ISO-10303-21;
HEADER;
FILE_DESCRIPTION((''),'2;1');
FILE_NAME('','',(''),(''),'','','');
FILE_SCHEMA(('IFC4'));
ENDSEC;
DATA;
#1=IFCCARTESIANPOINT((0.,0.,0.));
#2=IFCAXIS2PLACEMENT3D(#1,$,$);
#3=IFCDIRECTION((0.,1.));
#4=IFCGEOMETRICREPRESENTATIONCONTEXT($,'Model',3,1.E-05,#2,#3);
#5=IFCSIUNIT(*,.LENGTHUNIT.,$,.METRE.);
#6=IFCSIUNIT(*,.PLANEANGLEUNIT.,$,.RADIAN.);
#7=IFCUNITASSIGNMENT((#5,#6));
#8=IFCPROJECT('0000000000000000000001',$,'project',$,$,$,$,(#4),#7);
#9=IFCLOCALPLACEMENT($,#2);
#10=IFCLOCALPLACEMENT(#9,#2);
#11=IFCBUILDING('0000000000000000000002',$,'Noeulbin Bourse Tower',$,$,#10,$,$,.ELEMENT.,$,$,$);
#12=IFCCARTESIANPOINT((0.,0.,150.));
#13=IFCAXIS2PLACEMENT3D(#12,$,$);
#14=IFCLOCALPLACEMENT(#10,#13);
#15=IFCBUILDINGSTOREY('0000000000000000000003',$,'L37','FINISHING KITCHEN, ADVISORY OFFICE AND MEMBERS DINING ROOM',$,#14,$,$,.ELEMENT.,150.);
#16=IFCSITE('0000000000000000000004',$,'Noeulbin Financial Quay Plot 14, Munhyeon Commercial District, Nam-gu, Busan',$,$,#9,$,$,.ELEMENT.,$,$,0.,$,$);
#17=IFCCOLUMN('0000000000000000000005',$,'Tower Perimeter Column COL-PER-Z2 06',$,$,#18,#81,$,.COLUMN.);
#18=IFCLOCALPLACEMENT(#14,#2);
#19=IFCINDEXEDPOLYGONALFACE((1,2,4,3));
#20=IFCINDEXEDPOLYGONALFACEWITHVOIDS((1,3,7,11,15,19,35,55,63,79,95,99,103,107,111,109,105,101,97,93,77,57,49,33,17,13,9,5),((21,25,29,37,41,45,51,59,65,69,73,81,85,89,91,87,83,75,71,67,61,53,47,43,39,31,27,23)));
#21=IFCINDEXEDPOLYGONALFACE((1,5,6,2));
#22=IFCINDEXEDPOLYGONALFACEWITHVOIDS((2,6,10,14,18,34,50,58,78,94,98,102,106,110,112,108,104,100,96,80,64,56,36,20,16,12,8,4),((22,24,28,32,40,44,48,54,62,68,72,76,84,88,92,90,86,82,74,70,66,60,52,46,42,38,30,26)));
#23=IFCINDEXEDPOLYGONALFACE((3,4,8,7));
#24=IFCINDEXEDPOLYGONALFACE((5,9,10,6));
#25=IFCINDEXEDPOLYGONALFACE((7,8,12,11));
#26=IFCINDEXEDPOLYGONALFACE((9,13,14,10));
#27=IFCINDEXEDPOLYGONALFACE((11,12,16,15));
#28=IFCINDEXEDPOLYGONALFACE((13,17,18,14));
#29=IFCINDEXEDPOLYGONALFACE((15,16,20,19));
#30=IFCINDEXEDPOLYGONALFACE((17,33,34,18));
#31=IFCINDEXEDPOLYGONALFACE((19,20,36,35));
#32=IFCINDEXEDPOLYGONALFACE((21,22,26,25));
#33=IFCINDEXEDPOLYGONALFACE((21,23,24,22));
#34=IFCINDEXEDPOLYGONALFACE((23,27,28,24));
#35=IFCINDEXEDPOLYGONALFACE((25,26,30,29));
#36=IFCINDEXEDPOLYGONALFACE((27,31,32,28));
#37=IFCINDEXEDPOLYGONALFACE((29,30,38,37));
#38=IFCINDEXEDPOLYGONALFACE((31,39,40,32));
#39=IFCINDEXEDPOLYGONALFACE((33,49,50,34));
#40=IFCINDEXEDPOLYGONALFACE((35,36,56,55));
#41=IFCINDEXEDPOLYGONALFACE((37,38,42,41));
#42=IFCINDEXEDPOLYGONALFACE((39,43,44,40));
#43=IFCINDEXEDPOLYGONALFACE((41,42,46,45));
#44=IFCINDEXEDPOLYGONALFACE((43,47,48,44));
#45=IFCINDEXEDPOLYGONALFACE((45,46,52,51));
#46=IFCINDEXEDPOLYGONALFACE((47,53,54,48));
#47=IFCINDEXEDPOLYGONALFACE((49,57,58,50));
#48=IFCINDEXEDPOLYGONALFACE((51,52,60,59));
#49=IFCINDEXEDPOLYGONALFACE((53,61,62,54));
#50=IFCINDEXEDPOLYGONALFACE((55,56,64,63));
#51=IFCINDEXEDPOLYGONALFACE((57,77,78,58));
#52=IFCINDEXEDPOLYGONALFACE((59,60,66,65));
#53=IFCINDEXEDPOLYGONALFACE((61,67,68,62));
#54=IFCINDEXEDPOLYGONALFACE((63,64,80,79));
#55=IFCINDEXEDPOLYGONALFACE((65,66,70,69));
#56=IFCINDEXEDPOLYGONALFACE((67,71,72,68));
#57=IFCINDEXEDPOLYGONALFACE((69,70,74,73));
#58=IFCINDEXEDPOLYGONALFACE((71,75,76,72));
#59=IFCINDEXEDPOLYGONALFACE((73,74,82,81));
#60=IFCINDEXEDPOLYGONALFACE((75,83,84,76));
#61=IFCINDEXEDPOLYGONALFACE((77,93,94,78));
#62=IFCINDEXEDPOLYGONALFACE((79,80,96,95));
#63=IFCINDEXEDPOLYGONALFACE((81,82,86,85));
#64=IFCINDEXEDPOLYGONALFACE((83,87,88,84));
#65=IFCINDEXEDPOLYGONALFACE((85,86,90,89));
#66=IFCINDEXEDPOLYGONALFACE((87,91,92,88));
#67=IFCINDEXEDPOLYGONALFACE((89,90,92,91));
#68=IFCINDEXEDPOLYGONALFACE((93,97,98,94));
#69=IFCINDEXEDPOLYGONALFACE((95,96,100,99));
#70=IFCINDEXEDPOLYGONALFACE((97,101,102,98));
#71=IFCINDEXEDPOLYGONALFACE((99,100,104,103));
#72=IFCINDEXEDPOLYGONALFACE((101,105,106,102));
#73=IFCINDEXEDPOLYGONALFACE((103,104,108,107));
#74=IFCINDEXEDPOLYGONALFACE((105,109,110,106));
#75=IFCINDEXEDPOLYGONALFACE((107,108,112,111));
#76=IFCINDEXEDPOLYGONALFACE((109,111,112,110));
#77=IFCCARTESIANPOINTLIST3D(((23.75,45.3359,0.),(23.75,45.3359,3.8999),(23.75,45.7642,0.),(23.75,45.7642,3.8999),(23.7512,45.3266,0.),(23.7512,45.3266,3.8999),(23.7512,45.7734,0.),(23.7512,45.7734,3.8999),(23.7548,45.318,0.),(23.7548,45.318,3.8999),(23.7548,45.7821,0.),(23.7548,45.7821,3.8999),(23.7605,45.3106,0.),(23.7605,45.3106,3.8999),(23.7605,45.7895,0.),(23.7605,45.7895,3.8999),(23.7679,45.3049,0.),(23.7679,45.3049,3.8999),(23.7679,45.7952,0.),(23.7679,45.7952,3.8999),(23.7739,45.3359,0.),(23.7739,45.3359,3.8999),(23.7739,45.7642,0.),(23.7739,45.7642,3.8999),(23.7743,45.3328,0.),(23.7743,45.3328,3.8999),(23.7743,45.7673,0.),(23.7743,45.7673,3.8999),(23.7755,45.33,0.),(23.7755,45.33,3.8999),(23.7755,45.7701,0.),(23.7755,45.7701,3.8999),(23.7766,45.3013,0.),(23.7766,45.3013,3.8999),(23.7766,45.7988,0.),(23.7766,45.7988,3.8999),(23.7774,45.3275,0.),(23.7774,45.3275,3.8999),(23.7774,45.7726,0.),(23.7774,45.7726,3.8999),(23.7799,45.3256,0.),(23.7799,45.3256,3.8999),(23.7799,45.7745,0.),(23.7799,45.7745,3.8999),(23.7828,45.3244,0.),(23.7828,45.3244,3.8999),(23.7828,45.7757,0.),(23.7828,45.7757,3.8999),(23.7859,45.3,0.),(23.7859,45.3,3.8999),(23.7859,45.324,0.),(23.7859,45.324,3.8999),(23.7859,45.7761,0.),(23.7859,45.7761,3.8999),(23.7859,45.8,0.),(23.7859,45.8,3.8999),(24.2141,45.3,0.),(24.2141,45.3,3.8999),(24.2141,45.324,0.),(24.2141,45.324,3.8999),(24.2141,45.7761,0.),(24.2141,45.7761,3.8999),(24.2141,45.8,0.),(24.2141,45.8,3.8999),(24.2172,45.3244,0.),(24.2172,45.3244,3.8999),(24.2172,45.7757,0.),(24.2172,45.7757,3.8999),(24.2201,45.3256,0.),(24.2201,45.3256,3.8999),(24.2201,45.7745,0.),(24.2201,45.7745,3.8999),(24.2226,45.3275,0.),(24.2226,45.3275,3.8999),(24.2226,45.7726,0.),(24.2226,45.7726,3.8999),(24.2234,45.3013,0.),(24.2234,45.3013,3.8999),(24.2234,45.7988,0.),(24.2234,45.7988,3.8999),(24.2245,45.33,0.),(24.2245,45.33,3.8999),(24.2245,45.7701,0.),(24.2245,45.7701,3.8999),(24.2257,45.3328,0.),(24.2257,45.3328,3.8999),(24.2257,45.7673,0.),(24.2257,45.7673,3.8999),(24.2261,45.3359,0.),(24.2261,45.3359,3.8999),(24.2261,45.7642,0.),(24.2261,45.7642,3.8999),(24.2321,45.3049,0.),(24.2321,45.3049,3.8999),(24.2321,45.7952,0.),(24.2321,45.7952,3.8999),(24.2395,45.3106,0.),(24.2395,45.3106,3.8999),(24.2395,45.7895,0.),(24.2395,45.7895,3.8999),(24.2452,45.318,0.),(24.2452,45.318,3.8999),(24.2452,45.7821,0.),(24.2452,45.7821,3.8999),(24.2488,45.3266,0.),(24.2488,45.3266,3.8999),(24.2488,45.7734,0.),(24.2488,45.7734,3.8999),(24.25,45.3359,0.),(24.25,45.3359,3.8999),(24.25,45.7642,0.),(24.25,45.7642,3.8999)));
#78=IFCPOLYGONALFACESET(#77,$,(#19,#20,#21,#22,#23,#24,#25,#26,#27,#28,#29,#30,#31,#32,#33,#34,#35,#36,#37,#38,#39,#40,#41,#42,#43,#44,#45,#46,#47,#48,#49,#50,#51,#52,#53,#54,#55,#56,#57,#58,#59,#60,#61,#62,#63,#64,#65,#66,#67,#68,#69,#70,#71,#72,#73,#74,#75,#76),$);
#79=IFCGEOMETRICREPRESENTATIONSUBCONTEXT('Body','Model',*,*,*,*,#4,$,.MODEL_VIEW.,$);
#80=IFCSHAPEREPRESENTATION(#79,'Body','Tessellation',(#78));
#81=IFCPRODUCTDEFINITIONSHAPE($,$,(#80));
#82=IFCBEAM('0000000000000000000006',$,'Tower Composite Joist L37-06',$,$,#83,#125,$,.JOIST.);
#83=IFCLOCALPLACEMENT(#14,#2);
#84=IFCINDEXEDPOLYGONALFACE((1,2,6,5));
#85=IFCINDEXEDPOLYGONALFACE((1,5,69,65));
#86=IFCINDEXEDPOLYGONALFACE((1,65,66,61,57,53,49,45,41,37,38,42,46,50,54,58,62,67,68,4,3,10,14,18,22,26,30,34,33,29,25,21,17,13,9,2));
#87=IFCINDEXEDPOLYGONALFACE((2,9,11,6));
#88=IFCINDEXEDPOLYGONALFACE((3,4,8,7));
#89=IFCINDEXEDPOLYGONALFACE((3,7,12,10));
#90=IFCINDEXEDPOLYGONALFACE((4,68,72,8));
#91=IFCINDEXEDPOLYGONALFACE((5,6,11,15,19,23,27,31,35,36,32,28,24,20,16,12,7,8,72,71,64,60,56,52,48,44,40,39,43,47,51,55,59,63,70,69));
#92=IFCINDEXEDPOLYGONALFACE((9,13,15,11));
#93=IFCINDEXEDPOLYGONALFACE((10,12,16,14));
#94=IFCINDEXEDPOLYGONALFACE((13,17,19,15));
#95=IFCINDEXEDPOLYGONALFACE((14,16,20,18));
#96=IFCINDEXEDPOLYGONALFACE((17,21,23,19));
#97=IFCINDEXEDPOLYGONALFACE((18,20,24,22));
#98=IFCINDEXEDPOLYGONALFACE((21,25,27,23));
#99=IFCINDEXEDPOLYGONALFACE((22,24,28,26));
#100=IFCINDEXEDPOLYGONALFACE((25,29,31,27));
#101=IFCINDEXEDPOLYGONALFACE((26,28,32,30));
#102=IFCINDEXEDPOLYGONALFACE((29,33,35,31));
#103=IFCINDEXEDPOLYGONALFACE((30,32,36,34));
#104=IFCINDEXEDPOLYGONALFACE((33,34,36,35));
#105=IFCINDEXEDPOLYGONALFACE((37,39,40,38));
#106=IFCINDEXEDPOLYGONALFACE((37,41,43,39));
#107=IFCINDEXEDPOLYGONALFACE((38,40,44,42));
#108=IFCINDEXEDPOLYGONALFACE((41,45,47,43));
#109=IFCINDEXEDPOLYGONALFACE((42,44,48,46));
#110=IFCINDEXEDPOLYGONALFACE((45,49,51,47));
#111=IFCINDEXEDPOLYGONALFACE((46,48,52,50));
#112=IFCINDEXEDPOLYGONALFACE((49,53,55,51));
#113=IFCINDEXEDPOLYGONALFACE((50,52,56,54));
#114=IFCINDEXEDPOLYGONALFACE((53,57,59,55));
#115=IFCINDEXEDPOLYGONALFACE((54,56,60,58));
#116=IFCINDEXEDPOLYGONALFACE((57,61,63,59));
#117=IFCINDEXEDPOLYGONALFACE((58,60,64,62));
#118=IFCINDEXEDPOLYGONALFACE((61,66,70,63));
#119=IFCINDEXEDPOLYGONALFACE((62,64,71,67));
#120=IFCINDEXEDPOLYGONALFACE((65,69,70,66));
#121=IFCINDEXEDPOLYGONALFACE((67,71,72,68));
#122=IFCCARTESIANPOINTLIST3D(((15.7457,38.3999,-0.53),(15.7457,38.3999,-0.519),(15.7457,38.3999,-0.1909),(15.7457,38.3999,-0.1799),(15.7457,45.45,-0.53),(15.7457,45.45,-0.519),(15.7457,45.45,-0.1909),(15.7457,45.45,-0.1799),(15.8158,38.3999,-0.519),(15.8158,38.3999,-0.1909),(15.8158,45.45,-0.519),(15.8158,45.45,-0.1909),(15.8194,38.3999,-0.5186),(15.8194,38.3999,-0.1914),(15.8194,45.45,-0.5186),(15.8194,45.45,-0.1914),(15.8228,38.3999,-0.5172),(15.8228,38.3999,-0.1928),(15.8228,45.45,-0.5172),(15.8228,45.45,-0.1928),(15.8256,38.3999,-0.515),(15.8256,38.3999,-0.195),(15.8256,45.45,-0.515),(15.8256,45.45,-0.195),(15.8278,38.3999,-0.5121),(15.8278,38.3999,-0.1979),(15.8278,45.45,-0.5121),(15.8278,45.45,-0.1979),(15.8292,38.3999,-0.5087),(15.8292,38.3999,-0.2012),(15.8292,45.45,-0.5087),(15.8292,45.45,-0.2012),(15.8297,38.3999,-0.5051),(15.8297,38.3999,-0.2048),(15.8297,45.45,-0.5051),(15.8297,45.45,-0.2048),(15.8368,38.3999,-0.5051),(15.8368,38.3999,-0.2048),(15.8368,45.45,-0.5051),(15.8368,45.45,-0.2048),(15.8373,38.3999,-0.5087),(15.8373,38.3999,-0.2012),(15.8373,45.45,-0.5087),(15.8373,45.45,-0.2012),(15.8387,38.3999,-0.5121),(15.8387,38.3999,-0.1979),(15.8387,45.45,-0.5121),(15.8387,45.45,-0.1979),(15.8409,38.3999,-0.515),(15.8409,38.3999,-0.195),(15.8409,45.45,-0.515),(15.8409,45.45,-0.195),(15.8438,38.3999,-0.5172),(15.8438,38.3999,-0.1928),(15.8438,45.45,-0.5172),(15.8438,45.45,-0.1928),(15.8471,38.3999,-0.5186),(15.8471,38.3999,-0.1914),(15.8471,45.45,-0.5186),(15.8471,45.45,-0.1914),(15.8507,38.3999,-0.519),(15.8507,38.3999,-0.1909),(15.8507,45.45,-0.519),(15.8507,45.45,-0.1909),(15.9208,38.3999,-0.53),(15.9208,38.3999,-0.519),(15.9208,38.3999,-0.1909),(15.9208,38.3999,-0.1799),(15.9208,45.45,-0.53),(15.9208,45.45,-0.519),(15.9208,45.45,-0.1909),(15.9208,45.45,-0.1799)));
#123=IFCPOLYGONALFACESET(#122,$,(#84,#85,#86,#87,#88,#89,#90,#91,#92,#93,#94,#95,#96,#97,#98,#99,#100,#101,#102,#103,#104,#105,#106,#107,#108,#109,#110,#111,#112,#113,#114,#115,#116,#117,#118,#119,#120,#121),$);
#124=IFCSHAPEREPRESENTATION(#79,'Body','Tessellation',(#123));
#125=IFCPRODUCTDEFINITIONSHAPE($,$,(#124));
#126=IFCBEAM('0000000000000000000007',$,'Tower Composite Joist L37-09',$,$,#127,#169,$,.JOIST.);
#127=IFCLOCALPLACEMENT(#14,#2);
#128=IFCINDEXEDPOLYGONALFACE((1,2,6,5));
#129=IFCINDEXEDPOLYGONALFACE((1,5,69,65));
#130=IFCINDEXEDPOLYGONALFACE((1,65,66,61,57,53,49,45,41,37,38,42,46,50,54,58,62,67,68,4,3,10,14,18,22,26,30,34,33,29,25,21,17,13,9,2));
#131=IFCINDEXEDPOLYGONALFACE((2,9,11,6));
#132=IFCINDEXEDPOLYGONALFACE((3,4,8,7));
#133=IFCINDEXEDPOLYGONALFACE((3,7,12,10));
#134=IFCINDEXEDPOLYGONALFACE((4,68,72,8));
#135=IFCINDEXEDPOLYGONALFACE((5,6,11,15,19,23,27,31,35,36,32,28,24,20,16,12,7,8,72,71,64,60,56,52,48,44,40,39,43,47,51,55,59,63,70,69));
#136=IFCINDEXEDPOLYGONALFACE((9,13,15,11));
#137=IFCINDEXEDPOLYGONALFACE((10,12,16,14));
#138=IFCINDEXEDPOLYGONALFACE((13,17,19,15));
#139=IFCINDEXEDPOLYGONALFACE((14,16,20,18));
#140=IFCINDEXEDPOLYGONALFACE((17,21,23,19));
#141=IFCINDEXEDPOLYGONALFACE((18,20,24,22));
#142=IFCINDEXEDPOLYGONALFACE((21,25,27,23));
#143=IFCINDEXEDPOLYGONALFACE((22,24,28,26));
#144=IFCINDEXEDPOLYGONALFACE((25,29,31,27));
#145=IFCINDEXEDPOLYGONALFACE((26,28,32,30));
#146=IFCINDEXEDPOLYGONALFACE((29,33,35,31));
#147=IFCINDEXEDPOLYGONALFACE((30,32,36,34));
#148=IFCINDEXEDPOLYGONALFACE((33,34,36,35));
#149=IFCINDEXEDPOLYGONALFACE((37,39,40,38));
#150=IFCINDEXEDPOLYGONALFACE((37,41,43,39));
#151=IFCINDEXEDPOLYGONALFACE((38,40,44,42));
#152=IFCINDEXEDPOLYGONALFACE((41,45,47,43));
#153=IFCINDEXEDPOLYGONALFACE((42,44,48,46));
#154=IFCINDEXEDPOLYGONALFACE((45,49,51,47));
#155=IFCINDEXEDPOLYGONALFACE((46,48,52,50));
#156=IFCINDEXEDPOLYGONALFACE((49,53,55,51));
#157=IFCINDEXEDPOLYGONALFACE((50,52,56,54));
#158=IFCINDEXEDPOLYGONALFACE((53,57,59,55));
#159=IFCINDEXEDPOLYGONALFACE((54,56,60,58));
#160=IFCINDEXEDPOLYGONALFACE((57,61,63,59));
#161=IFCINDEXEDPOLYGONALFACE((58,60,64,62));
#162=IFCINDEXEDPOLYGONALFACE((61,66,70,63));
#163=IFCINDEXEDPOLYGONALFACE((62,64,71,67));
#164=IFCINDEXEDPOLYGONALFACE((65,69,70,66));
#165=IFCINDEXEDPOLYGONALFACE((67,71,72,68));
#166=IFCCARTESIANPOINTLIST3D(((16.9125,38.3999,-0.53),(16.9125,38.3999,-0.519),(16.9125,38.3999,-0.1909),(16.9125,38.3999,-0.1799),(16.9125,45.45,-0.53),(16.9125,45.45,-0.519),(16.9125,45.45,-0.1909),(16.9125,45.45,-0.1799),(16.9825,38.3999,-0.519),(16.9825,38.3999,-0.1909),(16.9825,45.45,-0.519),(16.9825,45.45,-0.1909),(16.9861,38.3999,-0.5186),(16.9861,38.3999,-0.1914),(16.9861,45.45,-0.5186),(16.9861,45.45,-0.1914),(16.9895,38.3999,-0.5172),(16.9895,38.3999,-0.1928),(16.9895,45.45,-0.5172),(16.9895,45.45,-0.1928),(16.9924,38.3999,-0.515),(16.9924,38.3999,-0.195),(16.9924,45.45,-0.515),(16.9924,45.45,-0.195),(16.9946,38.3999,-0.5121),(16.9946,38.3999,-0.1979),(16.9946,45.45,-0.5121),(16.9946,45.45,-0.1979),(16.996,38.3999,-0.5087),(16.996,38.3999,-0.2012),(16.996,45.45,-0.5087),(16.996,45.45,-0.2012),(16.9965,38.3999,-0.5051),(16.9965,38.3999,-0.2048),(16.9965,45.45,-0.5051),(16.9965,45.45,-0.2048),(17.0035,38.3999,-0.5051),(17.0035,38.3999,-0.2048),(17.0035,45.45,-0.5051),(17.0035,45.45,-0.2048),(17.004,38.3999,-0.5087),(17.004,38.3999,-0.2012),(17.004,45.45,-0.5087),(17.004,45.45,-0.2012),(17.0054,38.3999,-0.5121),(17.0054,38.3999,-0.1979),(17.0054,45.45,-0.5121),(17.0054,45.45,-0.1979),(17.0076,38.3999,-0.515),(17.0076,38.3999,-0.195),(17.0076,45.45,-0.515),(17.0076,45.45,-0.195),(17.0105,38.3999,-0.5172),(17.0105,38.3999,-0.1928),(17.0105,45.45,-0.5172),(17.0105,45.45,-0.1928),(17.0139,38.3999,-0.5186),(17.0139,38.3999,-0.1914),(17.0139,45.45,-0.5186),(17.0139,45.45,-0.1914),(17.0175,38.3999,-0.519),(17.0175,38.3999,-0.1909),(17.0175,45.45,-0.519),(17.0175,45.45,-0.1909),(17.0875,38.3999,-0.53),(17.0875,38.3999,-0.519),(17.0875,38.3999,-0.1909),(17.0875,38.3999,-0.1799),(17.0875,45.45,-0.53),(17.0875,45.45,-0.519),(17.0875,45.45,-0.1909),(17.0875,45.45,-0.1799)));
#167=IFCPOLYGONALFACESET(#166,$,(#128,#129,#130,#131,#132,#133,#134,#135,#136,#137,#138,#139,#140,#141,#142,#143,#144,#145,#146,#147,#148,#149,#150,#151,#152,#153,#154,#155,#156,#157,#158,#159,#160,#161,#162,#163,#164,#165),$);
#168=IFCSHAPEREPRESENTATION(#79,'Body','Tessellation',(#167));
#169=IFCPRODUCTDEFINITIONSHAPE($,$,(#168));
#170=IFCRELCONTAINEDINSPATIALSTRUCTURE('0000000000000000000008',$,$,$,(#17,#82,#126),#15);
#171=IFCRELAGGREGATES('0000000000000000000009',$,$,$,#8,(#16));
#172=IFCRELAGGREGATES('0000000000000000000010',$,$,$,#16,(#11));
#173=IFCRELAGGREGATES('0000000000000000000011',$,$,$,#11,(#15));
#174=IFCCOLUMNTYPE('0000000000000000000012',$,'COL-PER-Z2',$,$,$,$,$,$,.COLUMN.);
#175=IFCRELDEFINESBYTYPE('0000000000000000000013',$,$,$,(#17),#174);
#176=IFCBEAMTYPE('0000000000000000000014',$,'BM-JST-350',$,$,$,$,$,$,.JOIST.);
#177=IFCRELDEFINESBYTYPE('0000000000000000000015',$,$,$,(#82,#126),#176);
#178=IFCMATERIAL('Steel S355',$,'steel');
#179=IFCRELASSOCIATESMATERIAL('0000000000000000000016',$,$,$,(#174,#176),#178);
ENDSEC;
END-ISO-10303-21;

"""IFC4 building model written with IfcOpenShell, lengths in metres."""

from ifc_helpers import new_model, si_unit, direction, frame, origin, origin_2d, place, context, subcontext, project, spatial, hollow_rectangle, i_section, extrude, material, material_profile, profile_set, type_object, element, save


model = new_model("IFC4")

# Units and contexts
model_context = context("Model", 3, precision=1e-05, world=origin(), true_north=direction((0.0, 1.0)))
body_context = subcontext(model_context, "Body", "Model", "MODEL_VIEW")
ifc_project = project(units=[si_unit("LENGTHUNIT", "METRE"), si_unit("PLANEANGLEUNIT", "RADIAN")], contexts=[model_context])

# Site, building, storey
site_placement = place(None, origin())
site = spatial("IfcSite", under=ifc_project, at=site_placement, Name="Noeulbin Financial Quay Plot 14, Munhyeon Commercial District, Nam-gu, Busan", CompositionType="ELEMENT", RefElevation=0.0)
building_placement = place(site_placement, origin())
building = spatial("IfcBuilding", under=site, at=building_placement, Name="Noeulbin Bourse Tower", CompositionType="ELEMENT")
storey_placement = place(building_placement, frame((0.0, 0.0, 150.0)))
storey = spatial("IfcBuildingStorey", under=building, at=storey_placement, Name="L37", Description="FINISHING KITCHEN, ADVISORY OFFICE AND MEMBERS DINING ROOM", CompositionType="ELEMENT", Elevation=150.0)

# Column
ifc_material_1 = material(Name="Steel S355", Category="steel")
ifc_material_profile_1 = material_profile(ifc_material_1, hollow_rectangle(XDim=0.5, YDim=0.5, WallThickness=0.0239, InnerFilletRadius=0.012, OuterFilletRadius=0.0359, at=origin_2d()), Name="BOX-500x500x24", Category="LoadBearing")
ifc_profile_set_1 = profile_set([ifc_material_profile_1], Name="Steel S355")
column_type = type_object("IfcColumnType", Name="COL-PER-Z2", PredefinedType="COLUMN", material=ifc_profile_set_1)
column_placement = place(storey_placement, frame((24.0, 45.55, 0.0), z_axis=(0.0, 0.0, 1.0), x_axis=(1.0, 0.0, 0.0)))
element("IfcColumn", 1, at=column_placement, inside=storey, type_object=column_type, Name="Tower Perimeter Column COL-PER-Z2 06", PredefinedType="COLUMN", context=body_context, shape_type="SweptSolid", body=[
    extrude(hollow_rectangle(XDim=0.5, YDim=0.5, WallThickness=0.0239, InnerFilletRadius=0.012, OuterFilletRadius=0.0359, at=origin_2d()), origin(), (0.0, 0.0, 1.0), 3.8999),
])

# Beams
ifc_material_profile_2 = material_profile(ifc_material_1, i_section(OverallWidth=0.175, OverallDepth=0.3501, WebThickness=0.0071, FlangeThickness=0.011, FilletRadius=0.0139, at=origin_2d()), Name="H-350x175x7x11", Category="LoadBearing")
ifc_profile_set_2 = profile_set([ifc_material_profile_2], Name="Steel S355")
beam_type_1 = type_object("IfcBeamType", Name="BM-JST-350", PredefinedType="JOIST", material=ifc_profile_set_2)
for number, where, z_axis, x_axis, name in (
    (2, (15.8333, 38.3999, -0.355), (0.0, 1.0, 0.0), (-1.0, 0.0, 0.0), "Tower Composite Joist L37-06"),
    (3, (17.0, 38.3999, -0.355), (0.0, 1.0, 0.0), (-1.0, 0.0, 0.0), "Tower Composite Joist L37-09"),
):
    element("IfcBeam", number, at=place(storey_placement, frame(where, z_axis=z_axis, x_axis=x_axis)), inside=storey, type_object=beam_type_1, Name=name, PredefinedType="JOIST", context=body_context, shape_type="SweptSolid", body=[
        extrude(i_section(OverallWidth=0.175, OverallDepth=0.3501, WebThickness=0.0071, FlangeThickness=0.011, FilletRadius=0.0139, at=origin_2d()), origin(), (0.0, 0.0, 1.0), 7.05),
    ])

save(model, "model.ifc")
